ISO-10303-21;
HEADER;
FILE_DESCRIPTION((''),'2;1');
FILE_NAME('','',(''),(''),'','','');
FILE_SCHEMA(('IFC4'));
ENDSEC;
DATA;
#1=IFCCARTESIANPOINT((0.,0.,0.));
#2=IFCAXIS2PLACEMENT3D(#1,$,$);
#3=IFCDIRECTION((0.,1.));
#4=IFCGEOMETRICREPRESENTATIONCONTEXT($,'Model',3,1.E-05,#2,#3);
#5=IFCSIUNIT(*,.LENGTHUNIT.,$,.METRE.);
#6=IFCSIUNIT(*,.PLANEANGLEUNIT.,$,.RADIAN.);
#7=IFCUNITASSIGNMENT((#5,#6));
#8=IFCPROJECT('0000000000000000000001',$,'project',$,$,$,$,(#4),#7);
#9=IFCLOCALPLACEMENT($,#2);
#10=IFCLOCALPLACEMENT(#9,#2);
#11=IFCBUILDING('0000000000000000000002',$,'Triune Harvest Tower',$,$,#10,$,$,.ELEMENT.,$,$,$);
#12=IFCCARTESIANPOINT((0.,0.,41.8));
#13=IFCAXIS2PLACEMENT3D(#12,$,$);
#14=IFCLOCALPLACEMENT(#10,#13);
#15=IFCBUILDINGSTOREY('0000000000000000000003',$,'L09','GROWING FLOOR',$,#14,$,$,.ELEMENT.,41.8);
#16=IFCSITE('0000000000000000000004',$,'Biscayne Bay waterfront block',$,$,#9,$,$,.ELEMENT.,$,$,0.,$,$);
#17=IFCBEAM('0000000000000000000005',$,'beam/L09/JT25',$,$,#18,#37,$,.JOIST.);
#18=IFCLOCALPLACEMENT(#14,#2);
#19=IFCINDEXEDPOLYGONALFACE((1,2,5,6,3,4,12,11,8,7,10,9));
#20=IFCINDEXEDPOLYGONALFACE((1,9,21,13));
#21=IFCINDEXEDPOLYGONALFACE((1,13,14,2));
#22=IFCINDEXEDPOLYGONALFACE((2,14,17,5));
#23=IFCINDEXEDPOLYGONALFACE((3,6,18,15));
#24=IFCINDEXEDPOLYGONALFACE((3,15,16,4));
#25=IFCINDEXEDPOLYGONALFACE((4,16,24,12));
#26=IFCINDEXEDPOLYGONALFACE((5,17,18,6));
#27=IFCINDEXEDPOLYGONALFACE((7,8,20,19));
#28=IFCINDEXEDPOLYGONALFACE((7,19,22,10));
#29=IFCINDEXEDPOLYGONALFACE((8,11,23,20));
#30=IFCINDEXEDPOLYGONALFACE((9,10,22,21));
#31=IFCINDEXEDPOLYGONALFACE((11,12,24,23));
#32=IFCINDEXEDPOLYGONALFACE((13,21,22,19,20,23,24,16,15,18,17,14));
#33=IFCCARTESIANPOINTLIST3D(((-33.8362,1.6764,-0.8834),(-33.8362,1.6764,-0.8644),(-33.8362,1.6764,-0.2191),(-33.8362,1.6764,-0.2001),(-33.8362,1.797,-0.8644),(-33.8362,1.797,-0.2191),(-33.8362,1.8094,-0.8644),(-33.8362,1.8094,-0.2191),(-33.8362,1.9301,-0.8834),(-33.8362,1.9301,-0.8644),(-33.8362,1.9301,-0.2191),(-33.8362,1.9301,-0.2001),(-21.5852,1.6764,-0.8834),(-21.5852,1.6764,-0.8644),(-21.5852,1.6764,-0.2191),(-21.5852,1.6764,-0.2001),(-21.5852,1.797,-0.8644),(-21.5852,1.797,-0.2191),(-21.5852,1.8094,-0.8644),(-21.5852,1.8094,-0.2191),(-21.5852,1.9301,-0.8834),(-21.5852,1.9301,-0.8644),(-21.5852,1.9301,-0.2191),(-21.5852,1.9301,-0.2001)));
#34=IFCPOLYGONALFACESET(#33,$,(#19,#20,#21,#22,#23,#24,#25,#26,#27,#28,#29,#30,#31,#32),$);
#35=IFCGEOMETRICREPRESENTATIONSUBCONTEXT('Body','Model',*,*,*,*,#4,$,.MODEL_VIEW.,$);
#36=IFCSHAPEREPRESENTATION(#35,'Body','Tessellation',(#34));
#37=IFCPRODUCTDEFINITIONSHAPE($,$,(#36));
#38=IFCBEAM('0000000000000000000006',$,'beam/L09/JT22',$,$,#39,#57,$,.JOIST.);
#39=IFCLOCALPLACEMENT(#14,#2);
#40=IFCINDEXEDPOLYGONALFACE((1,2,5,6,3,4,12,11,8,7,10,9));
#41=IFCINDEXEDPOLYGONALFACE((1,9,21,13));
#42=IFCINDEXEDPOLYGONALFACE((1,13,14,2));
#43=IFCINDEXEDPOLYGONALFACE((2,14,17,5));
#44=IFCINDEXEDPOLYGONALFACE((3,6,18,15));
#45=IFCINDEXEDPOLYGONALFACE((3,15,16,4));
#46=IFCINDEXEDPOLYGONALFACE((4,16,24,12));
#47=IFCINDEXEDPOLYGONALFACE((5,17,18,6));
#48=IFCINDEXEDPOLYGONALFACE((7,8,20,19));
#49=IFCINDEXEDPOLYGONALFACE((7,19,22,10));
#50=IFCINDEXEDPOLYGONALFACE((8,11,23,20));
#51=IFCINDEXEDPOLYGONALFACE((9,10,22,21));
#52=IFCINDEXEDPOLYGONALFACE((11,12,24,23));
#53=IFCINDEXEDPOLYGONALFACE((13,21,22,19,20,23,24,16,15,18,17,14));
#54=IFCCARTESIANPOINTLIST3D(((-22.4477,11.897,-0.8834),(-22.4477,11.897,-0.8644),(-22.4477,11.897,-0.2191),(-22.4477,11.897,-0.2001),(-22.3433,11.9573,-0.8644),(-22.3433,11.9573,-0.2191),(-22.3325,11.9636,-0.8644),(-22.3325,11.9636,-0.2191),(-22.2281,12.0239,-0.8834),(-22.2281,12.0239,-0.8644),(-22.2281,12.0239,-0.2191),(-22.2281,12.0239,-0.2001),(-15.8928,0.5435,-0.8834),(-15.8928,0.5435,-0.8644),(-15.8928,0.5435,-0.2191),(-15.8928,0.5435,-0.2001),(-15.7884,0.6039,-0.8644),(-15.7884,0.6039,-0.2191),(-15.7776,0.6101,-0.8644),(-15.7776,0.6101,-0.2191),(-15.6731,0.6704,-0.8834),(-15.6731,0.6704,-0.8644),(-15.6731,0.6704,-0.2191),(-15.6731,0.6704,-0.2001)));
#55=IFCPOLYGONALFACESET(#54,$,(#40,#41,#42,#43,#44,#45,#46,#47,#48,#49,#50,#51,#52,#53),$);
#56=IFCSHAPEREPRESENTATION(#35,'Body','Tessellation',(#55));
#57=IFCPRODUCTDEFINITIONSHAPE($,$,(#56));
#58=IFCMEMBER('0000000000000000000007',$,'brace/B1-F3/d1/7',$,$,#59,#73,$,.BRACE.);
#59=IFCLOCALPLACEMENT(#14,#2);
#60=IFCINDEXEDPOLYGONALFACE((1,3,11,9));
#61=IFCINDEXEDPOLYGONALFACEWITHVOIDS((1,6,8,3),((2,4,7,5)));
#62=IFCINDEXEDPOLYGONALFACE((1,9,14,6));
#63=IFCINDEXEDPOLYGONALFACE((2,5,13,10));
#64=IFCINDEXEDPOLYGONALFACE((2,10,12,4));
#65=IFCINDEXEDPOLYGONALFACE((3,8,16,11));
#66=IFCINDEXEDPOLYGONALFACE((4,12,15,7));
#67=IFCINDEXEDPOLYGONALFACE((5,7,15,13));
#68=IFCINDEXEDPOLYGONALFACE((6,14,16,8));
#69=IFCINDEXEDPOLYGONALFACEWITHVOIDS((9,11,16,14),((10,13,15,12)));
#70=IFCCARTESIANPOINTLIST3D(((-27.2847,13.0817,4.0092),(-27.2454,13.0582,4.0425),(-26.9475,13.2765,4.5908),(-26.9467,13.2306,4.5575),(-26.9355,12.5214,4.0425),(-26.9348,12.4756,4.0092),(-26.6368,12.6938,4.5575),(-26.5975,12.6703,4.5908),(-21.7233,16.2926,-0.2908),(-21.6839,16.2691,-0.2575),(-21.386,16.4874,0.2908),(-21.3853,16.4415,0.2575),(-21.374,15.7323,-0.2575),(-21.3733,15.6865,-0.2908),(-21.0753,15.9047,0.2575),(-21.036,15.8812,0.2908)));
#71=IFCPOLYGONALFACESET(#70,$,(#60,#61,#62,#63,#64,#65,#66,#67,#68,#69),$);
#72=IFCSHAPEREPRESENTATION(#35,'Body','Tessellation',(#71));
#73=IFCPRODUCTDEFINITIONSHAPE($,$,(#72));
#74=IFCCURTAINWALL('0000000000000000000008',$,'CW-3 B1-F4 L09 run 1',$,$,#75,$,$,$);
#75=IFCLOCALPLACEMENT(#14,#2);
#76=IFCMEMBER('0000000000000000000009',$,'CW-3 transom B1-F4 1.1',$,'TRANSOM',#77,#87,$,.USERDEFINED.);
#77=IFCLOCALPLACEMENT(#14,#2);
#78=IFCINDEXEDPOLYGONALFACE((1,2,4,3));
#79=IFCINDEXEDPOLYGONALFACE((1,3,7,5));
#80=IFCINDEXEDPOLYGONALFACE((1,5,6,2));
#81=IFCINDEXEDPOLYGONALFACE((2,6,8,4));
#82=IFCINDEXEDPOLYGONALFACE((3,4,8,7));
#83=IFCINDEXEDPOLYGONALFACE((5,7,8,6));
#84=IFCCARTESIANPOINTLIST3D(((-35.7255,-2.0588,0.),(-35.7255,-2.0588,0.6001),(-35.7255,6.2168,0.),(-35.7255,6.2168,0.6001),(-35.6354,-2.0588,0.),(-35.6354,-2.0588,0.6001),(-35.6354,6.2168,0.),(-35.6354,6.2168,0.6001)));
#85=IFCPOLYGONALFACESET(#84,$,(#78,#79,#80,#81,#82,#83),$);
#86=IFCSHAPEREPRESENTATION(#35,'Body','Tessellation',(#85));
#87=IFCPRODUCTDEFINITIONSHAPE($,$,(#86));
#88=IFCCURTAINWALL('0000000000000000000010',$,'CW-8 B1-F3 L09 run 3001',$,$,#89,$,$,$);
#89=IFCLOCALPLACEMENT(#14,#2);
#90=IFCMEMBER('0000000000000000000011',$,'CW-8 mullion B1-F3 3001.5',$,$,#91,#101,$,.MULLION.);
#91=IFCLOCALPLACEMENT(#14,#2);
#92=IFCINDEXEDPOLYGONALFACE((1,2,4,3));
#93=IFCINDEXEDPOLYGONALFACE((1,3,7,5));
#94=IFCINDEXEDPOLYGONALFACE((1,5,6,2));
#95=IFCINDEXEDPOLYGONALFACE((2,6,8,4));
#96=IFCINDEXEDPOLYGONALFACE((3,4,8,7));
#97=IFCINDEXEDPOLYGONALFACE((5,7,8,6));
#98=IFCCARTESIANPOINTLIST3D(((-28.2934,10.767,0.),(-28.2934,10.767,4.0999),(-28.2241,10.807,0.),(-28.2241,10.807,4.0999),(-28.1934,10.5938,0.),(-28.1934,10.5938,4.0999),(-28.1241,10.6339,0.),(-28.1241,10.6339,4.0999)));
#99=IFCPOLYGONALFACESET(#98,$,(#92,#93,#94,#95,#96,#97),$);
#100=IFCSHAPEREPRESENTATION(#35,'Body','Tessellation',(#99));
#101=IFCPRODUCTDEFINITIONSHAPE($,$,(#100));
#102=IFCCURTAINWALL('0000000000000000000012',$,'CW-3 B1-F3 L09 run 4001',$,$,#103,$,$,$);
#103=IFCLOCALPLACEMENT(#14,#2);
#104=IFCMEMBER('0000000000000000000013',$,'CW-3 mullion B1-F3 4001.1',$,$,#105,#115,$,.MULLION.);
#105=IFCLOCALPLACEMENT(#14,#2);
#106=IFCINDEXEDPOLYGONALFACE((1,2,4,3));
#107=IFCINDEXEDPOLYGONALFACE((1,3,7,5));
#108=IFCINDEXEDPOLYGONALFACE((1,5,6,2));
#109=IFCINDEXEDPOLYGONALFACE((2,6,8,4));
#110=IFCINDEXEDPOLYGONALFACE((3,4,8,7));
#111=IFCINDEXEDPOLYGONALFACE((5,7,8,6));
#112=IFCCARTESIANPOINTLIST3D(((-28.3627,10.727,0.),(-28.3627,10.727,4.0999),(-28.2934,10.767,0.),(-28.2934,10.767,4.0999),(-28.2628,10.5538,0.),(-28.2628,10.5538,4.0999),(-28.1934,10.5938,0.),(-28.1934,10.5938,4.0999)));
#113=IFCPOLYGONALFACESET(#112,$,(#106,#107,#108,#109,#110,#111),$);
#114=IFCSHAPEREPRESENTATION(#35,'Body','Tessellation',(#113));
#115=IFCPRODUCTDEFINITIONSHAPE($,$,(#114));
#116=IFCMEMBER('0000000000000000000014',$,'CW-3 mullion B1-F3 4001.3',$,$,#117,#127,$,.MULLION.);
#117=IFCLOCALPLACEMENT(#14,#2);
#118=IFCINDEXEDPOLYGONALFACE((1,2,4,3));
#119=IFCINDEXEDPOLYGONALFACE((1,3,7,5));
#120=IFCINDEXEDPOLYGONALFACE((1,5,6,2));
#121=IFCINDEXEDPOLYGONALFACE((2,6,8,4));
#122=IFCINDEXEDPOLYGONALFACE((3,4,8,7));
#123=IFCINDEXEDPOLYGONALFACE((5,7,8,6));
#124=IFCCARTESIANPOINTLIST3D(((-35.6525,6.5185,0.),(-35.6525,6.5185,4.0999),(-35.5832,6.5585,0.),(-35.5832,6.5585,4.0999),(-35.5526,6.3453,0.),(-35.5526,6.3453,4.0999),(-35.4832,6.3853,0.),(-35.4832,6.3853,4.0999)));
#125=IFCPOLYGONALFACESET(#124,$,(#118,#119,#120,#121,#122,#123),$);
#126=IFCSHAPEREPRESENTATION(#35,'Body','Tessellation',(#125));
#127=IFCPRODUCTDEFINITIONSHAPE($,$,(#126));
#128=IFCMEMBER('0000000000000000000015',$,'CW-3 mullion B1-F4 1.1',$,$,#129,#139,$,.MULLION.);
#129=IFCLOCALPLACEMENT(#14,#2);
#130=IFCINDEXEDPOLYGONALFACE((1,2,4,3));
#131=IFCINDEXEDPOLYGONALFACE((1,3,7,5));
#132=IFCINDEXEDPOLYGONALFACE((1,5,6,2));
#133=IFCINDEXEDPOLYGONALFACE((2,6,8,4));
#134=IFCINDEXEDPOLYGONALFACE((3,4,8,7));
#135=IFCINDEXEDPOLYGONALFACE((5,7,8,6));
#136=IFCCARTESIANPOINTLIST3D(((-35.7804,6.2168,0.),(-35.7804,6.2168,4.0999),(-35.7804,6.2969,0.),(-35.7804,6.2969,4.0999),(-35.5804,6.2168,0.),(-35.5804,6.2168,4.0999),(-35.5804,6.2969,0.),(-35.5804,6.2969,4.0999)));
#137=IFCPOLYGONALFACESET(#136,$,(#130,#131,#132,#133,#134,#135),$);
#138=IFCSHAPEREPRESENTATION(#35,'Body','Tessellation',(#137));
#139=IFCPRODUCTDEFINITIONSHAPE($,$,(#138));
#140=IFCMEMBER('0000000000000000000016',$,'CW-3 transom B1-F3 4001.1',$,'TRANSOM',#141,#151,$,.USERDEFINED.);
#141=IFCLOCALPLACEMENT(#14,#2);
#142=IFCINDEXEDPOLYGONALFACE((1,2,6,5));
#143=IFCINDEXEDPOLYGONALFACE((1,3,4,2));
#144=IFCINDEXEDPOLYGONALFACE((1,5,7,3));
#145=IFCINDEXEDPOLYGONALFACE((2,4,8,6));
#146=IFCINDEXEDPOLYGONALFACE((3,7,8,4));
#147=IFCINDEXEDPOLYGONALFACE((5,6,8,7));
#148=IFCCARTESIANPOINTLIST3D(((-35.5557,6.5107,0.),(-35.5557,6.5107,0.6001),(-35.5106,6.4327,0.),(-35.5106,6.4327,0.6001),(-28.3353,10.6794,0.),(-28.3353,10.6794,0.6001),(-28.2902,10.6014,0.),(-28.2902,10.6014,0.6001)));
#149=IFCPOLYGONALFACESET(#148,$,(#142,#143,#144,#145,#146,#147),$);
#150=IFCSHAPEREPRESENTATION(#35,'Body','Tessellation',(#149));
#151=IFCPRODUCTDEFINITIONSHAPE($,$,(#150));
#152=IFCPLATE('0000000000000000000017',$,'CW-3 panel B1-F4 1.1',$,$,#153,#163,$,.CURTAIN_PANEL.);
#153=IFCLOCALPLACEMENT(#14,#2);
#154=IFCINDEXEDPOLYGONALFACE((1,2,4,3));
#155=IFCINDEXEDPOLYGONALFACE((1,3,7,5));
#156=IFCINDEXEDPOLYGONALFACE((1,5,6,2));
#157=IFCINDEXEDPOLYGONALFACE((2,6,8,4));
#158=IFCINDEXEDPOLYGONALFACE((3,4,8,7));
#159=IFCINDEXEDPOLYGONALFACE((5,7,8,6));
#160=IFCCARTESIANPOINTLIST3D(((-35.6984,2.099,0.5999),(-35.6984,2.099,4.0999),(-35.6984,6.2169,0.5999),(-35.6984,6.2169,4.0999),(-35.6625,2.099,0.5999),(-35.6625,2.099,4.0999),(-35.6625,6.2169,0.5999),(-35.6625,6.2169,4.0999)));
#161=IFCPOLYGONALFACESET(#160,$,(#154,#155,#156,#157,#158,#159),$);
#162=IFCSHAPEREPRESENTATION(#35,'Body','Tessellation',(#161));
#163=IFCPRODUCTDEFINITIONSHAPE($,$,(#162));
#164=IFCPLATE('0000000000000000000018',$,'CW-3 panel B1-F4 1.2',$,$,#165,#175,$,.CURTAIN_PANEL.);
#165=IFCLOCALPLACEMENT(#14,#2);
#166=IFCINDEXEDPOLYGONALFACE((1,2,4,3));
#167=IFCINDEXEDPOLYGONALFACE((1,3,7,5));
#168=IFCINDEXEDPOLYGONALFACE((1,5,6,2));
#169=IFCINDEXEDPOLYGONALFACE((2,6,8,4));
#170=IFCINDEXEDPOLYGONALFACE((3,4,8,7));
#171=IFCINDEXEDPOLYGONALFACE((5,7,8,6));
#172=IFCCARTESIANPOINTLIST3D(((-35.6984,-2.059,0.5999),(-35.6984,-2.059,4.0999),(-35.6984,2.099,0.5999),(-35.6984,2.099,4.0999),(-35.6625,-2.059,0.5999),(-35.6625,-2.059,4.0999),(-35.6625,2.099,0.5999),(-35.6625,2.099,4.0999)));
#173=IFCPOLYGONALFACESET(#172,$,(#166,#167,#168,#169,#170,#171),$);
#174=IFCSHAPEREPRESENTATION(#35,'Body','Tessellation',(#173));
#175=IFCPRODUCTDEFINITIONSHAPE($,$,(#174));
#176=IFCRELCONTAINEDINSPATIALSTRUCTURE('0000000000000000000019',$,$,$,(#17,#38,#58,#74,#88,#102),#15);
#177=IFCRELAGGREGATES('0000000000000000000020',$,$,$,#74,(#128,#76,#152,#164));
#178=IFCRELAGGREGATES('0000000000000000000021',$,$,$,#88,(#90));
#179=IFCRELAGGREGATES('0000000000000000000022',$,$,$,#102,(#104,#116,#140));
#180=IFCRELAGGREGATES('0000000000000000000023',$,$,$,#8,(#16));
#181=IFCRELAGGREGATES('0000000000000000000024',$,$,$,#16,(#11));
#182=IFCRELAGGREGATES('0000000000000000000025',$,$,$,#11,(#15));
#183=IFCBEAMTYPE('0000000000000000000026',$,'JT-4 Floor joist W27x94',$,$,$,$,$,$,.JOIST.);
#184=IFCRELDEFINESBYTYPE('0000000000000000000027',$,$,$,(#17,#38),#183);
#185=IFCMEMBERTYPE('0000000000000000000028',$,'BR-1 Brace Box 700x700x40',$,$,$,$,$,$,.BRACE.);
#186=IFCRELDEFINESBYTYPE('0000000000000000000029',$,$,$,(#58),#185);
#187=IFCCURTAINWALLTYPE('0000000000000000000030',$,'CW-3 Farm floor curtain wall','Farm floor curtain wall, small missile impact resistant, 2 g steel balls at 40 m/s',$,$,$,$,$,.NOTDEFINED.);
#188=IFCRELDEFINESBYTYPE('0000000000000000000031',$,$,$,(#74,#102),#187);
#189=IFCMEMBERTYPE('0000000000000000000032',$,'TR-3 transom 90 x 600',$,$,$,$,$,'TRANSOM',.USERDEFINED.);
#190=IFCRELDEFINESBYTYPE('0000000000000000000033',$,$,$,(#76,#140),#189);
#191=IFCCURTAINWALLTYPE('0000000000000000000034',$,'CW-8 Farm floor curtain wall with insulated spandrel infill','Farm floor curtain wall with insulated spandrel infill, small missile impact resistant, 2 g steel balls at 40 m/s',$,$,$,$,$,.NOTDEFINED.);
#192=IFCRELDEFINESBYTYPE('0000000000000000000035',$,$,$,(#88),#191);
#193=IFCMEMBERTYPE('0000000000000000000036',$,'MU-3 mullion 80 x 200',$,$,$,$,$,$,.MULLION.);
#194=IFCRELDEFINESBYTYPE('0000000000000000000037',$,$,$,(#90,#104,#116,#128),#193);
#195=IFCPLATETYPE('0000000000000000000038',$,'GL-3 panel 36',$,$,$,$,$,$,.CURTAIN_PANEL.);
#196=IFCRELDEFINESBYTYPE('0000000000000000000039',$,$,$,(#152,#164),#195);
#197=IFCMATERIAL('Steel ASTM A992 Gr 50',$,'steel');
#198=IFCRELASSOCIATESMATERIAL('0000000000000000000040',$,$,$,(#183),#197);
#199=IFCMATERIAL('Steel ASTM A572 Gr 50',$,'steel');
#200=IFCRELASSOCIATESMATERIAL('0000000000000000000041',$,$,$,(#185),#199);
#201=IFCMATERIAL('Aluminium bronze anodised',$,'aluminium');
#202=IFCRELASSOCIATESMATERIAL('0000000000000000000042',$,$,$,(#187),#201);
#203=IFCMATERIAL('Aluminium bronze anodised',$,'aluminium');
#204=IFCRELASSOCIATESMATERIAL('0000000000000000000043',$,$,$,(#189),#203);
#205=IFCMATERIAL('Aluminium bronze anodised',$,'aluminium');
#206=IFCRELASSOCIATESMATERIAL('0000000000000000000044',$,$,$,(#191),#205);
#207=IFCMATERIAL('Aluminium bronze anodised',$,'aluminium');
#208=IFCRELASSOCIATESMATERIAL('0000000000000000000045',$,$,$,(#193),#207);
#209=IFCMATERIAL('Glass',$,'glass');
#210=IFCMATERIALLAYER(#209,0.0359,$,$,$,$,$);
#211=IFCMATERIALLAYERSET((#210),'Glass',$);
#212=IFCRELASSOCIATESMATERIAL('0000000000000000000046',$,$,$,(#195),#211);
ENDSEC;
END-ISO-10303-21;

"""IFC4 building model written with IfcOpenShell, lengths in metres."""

from ifc_helpers import new_model, si_unit, direction, frame, origin, origin_2d, place, context, subcontext, project, spatial, rectangle, hollow_rectangle, i_section, extrude, source, transform, mapped, material, layer, layer_set, material_profile, profile_set, type_object, element, aggregate, save


model = new_model("IFC4")

# Units and contexts
model_context = context("Model", 3, precision=1e-05, world=origin(), true_north=direction((0.0, 1.0)))
body_context = subcontext(model_context, "Body", "Model", "MODEL_VIEW")
ifc_project = project(units=[si_unit("LENGTHUNIT", "METRE"), si_unit("PLANEANGLEUNIT", "RADIAN")], contexts=[model_context])

# Site, building, storey
site_placement = place(None, origin())
site = spatial("IfcSite", under=ifc_project, at=site_placement, Name="Biscayne Bay waterfront block", CompositionType="ELEMENT", RefElevation=0.0)
building_placement = place(site_placement, origin())
building = spatial("IfcBuilding", under=site, at=building_placement, Name="Triune Harvest Tower", CompositionType="ELEMENT")
storey_placement = place(building_placement, frame((0.0, 0.0, 41.8)))
storey = spatial("IfcBuildingStorey", under=building, at=storey_placement, Name="L09", Description="GROWING FLOOR", CompositionType="ELEMENT", Elevation=41.8)

# Beams
ifc_material_1 = material(Name="Steel ASTM A992 Gr 50", Category="steel")
ifc_material_profile_1 = material_profile(ifc_material_1, i_section(OverallWidth=0.2537, OverallDepth=0.6833, WebThickness=0.0125, FlangeThickness=0.019, at=origin_2d()), Name="W27x94")
ifc_profile_set_1 = profile_set([ifc_material_profile_1], Name="Steel ASTM A992 Gr 50")
beam_type_1 = type_object("IfcBeamType", Name="JT-4 Floor joist W27x94", PredefinedType="JOIST", material=ifc_profile_set_1)
shared_shape_1 = source(origin(), body_context, "Body", "SweptSolid", [
    extrude(i_section(OverallWidth=0.2537, OverallDepth=0.6833, WebThickness=0.0125, FlangeThickness=0.019, at=origin_2d()), origin(), (0.0, 0.0, 1.0), 12.251),
])
beam_1_placement = place(storey_placement, frame((-33.8362, 1.8032, -0.5417), z_axis=(1.0, 0.0, 0.0), x_axis=(0.0, 1.0, 0.0)))
element("IfcBeam", 1, at=beam_1_placement, inside=storey, type_object=beam_type_1, Name="beam/L09/JT25", PredefinedType="JOIST", context=body_context, shape_type="MappedRepresentation", body=[
    mapped(shared_shape_1, transform((0.0, 0.0, 0.0), scale=1.0)),
])
shared_shape_2 = source(origin(), body_context, "Body", "SweptSolid", [
    extrude(i_section(OverallWidth=0.2537, OverallDepth=0.6833, WebThickness=0.0125, FlangeThickness=0.019, at=origin_2d()), origin(), (0.0, 0.0, 1.0), 13.1099),
])
beam_2_placement = place(storey_placement, frame((-22.3379, 11.9604, -0.5417), z_axis=(0.499999, -0.866026, 0.0), x_axis=(0.866026, 0.499999, 0.0)))
element("IfcBeam", 2, at=beam_2_placement, inside=storey, type_object=beam_type_1, Name="beam/L09/JT22", PredefinedType="JOIST", context=body_context, shape_type="MappedRepresentation", body=[
    mapped(shared_shape_2, transform((0.0, 0.0, 0.0), scale=1.0)),
])

# Member
ifc_material_2 = material(Name="Steel ASTM A572 Gr 50", Category="steel")
ifc_material_profile_2 = material_profile(ifc_material_2, hollow_rectangle(XDim=0.7, YDim=0.7, WallThickness=0.04, at=origin_2d()), Name="Box 700x700x40")
ifc_profile_set_2 = profile_set([ifc_material_profile_2], Name="Steel ASTM A572 Gr 50")
member_type_1 = type_object("IfcMemberType", Name="BR-1 Brace Box 700x700x40", PredefinedType="BRACE", material=ifc_profile_set_2)
shared_shape_3 = source(origin(), body_context, "Body", "SweptSolid", [
    extrude(hollow_rectangle(XDim=0.7, YDim=0.7, WallThickness=0.04, at=origin_2d()), origin(), (0.0, 0.0, 1.0), 7.7285),
])
member_1_placement = place(storey_placement, frame((-21.3796, 16.0869, 0.0), z_axis=(-0.719604, -0.415462, 0.556382), x_axis=(0.499999, -0.866026, 0.0)))
element("IfcMember", 3, at=member_1_placement, inside=storey, type_object=member_type_1, Name="brace/B1-F3/d1/7", PredefinedType="BRACE", context=body_context, shape_type="MappedRepresentation", body=[
    mapped(shared_shape_3, transform((0.0, 0.0, 0.0), scale=1.0)),
])

# Curtain walls, members
ifc_material_3 = material(Name="Aluminium bronze anodised", Category="aluminium")
curtain_wall_type_1 = type_object("IfcCurtainWallType", Name="CW-3 Farm floor curtain wall", Description="Farm floor curtain wall, small missile impact resistant, 2 g steel balls at 40 m/s", PredefinedType="NOTDEFINED", material=ifc_material_3)
curtain_wall_1_placement = place(storey_placement, origin())
curtain_wall_1 = element("IfcCurtainWall", 4, at=curtain_wall_1_placement, inside=storey, type_object=curtain_wall_type_1, Name="CW-3 B1-F4 L09 run 1")
ifc_material_4 = material(Name="Aluminium bronze anodised", Category="aluminium")
ifc_material_profile_3 = material_profile(ifc_material_4, rectangle(XDim=0.0901, YDim=0.6001, at=origin_2d()), Name="TR-3 transom 90 x 600")
ifc_profile_set_3 = profile_set([ifc_material_profile_3], Name="Aluminium bronze anodised")
member_type_2 = type_object("IfcMemberType", Name="TR-3 transom 90 x 600", ElementType="TRANSOM", PredefinedType="USERDEFINED", material=ifc_profile_set_3)
shared_shape_4 = source(origin(), body_context, "Body", "SweptSolid", [
    extrude(rectangle(XDim=0.0901, YDim=0.6001, at=origin_2d()), origin(), (0.0, 0.0, 1.0), 8.2756),
])
member_2_placement = place(storey_placement, frame((-35.6804, 6.2168, 0.3), z_axis=(0.0, -1.0, 0.0), x_axis=(1.0, 0.0, 0.0)))
member_2 = element("IfcMember", 5, at=member_2_placement, type_object=member_type_2, Name="CW-3 transom B1-F4 1.1", ObjectType="TRANSOM", PredefinedType="USERDEFINED", context=body_context, shape_type="MappedRepresentation", body=[
    mapped(shared_shape_4, transform((0.0, 0.0, 0.0), scale=1.0)),
])
ifc_material_5 = material(Name="Aluminium bronze anodised", Category="aluminium")
curtain_wall_type_2 = type_object("IfcCurtainWallType", Name="CW-8 Farm floor curtain wall with insulated spandrel infill", Description="Farm floor curtain wall with insulated spandrel infill, small missile impact resistant, 2 g steel balls at 40 m/s", PredefinedType="NOTDEFINED", material=ifc_material_5)
curtain_wall_2_placement = place(storey_placement, origin())
curtain_wall_2 = element("IfcCurtainWall", 6, at=curtain_wall_2_placement, inside=storey, type_object=curtain_wall_type_2, Name="CW-8 B1-F3 L09 run 3001")
ifc_material_6 = material(Name="Aluminium bronze anodised", Category="aluminium")
ifc_material_profile_4 = material_profile(ifc_material_6, rectangle(XDim=0.2, YDim=0.0801, at=origin_2d()), Name="MU-3 mullion 80 x 200")
ifc_profile_set_4 = profile_set([ifc_material_profile_4], Name="Aluminium bronze anodised")
member_type_3 = type_object("IfcMemberType", Name="MU-3 mullion 80 x 200", PredefinedType="MULLION", material=ifc_profile_set_4)
shared_shape_5 = source(origin(), body_context, "Body", "SweptSolid", [
    extrude(rectangle(XDim=0.2, YDim=0.0801, at=origin_2d()), origin(), (0.0, 0.0, 1.0), 4.0999),
])
member_3_placement = place(storey_placement, frame((-28.2087, 10.7004, 0.0), z_axis=(0.0, 0.0, 1.0), x_axis=(0.500003, -0.866024, 0.0)))
member_3 = element("IfcMember", 7, at=member_3_placement, type_object=member_type_3, Name="CW-8 mullion B1-F3 3001.5", PredefinedType="MULLION", context=body_context, shape_type="MappedRepresentation", body=[
    mapped(shared_shape_5, transform((0.0, 0.0, 0.0), scale=1.0)),
])

# Curtain wall, members
curtain_wall_3_placement = place(storey_placement, origin())
curtain_wall_3 = element("IfcCurtainWall", 8, at=curtain_wall_3_placement, inside=storey, type_object=curtain_wall_type_1, Name="CW-3 B1-F3 L09 run 4001")
member_4_placement = place(storey_placement, frame((-28.2781, 10.6604, 0.0), z_axis=(0.0, 0.0, 1.0), x_axis=(0.499995, -0.866028, 0.0)))
member_4 = element("IfcMember", 9, at=member_4_placement, type_object=member_type_3, Name="CW-3 mullion B1-F3 4001.1", PredefinedType="MULLION", context=body_context, shape_type="MappedRepresentation", body=[
    mapped(shared_shape_5, transform((0.0, 0.0, 0.0), scale=1.0)),
])
member_5_placement = place(storey_placement, frame((-35.5679, 6.4519, 0.0), z_axis=(0.0, 0.0, 1.0), x_axis=(0.499995, -0.866028, 0.0)))
member_5 = element("IfcMember", 10, at=member_5_placement, type_object=member_type_3, Name="CW-3 mullion B1-F3 4001.3", PredefinedType="MULLION", context=body_context, shape_type="MappedRepresentation", body=[
    mapped(shared_shape_5, transform((0.0, 0.0, 0.0), scale=1.0)),
])

# Members
member_6_placement = place(storey_placement, frame((-35.6804, 6.2568, 0.0), z_axis=(0.0, 0.0, 1.0), x_axis=(1.0, 0.0, 0.0)))
member_6 = element("IfcMember", 11, at=member_6_placement, type_object=member_type_3, Name="CW-3 mullion B1-F4 1.1", PredefinedType="MULLION", context=body_context, shape_type="MappedRepresentation", body=[
    mapped(shared_shape_5, transform((0.0, 0.0, 0.0), scale=1.0)),
])
shared_shape_6 = source(origin(), body_context, "Body", "SweptSolid", [
    extrude(rectangle(XDim=0.0901, YDim=0.6001, at=origin_2d()), origin(), (0.0, 0.0, 1.0), 8.3374),
])
member_7_placement = place(storey_placement, frame((-28.3127, 10.6404, 0.3), z_axis=(-0.866027, -0.499997, 0.0), x_axis=(0.499997, -0.866027, 0.0)))
member_7 = element("IfcMember", 12, at=member_7_placement, type_object=member_type_2, Name="CW-3 transom B1-F3 4001.1", ObjectType="TRANSOM", PredefinedType="USERDEFINED", context=body_context, shape_type="MappedRepresentation", body=[
    mapped(shared_shape_6, transform((0.0, 0.0, 0.0), scale=1.0)),
])

# Plates
ifc_material_7 = material(Name="Glass", Category="glass")
ifc_layer_1 = layer(ifc_material_7, 0.0359)
ifc_layer_set_1 = layer_set([ifc_layer_1], Name="Glass")
plate_type_1 = type_object("IfcPlateType", Name="GL-3 panel 36", PredefinedType="CURTAIN_PANEL", material=ifc_layer_set_1)
shared_shape_7 = source(origin(), body_context, "Body", "SweptSolid", [
    extrude(rectangle(XDim=4.1179, YDim=0.0359, at=origin_2d()), origin(), (0.0, 0.0, 1.0), 3.5),
])
plate_1_placement = place(storey_placement, frame((-35.6804, 4.158, 0.5999), z_axis=(0.0, 0.0, 1.0), x_axis=(0.0, -1.0, 0.0)))
plate_1 = element("IfcPlate", 13, at=plate_1_placement, type_object=plate_type_1, Name="CW-3 panel B1-F4 1.1", PredefinedType="CURTAIN_PANEL", context=body_context, shape_type="MappedRepresentation", body=[
    mapped(shared_shape_7, transform((0.0, 0.0, 0.0), scale=1.0)),
])
shared_shape_8 = source(origin(), body_context, "Body", "SweptSolid", [
    extrude(rectangle(XDim=4.158, YDim=0.0359, at=origin_2d()), origin(), (0.0, 0.0, 1.0), 3.5),
])
plate_2_placement = place(storey_placement, frame((-35.6804, 0.02, 0.5999), z_axis=(0.0, 0.0, 1.0), x_axis=(0.0, -1.0, 0.0)))
plate_2 = element("IfcPlate", 14, at=plate_2_placement, type_object=plate_type_1, Name="CW-3 panel B1-F4 1.2", PredefinedType="CURTAIN_PANEL", context=body_context, shape_type="MappedRepresentation", body=[
    mapped(shared_shape_8, transform((0.0, 0.0, 0.0), scale=1.0)),
])
aggregate(curtain_wall_1, [member_6, member_2, plate_1, plate_2])
aggregate(curtain_wall_2, [member_3])
aggregate(curtain_wall_3, [member_4, member_5, member_7])

save(model, "model.ifc")
